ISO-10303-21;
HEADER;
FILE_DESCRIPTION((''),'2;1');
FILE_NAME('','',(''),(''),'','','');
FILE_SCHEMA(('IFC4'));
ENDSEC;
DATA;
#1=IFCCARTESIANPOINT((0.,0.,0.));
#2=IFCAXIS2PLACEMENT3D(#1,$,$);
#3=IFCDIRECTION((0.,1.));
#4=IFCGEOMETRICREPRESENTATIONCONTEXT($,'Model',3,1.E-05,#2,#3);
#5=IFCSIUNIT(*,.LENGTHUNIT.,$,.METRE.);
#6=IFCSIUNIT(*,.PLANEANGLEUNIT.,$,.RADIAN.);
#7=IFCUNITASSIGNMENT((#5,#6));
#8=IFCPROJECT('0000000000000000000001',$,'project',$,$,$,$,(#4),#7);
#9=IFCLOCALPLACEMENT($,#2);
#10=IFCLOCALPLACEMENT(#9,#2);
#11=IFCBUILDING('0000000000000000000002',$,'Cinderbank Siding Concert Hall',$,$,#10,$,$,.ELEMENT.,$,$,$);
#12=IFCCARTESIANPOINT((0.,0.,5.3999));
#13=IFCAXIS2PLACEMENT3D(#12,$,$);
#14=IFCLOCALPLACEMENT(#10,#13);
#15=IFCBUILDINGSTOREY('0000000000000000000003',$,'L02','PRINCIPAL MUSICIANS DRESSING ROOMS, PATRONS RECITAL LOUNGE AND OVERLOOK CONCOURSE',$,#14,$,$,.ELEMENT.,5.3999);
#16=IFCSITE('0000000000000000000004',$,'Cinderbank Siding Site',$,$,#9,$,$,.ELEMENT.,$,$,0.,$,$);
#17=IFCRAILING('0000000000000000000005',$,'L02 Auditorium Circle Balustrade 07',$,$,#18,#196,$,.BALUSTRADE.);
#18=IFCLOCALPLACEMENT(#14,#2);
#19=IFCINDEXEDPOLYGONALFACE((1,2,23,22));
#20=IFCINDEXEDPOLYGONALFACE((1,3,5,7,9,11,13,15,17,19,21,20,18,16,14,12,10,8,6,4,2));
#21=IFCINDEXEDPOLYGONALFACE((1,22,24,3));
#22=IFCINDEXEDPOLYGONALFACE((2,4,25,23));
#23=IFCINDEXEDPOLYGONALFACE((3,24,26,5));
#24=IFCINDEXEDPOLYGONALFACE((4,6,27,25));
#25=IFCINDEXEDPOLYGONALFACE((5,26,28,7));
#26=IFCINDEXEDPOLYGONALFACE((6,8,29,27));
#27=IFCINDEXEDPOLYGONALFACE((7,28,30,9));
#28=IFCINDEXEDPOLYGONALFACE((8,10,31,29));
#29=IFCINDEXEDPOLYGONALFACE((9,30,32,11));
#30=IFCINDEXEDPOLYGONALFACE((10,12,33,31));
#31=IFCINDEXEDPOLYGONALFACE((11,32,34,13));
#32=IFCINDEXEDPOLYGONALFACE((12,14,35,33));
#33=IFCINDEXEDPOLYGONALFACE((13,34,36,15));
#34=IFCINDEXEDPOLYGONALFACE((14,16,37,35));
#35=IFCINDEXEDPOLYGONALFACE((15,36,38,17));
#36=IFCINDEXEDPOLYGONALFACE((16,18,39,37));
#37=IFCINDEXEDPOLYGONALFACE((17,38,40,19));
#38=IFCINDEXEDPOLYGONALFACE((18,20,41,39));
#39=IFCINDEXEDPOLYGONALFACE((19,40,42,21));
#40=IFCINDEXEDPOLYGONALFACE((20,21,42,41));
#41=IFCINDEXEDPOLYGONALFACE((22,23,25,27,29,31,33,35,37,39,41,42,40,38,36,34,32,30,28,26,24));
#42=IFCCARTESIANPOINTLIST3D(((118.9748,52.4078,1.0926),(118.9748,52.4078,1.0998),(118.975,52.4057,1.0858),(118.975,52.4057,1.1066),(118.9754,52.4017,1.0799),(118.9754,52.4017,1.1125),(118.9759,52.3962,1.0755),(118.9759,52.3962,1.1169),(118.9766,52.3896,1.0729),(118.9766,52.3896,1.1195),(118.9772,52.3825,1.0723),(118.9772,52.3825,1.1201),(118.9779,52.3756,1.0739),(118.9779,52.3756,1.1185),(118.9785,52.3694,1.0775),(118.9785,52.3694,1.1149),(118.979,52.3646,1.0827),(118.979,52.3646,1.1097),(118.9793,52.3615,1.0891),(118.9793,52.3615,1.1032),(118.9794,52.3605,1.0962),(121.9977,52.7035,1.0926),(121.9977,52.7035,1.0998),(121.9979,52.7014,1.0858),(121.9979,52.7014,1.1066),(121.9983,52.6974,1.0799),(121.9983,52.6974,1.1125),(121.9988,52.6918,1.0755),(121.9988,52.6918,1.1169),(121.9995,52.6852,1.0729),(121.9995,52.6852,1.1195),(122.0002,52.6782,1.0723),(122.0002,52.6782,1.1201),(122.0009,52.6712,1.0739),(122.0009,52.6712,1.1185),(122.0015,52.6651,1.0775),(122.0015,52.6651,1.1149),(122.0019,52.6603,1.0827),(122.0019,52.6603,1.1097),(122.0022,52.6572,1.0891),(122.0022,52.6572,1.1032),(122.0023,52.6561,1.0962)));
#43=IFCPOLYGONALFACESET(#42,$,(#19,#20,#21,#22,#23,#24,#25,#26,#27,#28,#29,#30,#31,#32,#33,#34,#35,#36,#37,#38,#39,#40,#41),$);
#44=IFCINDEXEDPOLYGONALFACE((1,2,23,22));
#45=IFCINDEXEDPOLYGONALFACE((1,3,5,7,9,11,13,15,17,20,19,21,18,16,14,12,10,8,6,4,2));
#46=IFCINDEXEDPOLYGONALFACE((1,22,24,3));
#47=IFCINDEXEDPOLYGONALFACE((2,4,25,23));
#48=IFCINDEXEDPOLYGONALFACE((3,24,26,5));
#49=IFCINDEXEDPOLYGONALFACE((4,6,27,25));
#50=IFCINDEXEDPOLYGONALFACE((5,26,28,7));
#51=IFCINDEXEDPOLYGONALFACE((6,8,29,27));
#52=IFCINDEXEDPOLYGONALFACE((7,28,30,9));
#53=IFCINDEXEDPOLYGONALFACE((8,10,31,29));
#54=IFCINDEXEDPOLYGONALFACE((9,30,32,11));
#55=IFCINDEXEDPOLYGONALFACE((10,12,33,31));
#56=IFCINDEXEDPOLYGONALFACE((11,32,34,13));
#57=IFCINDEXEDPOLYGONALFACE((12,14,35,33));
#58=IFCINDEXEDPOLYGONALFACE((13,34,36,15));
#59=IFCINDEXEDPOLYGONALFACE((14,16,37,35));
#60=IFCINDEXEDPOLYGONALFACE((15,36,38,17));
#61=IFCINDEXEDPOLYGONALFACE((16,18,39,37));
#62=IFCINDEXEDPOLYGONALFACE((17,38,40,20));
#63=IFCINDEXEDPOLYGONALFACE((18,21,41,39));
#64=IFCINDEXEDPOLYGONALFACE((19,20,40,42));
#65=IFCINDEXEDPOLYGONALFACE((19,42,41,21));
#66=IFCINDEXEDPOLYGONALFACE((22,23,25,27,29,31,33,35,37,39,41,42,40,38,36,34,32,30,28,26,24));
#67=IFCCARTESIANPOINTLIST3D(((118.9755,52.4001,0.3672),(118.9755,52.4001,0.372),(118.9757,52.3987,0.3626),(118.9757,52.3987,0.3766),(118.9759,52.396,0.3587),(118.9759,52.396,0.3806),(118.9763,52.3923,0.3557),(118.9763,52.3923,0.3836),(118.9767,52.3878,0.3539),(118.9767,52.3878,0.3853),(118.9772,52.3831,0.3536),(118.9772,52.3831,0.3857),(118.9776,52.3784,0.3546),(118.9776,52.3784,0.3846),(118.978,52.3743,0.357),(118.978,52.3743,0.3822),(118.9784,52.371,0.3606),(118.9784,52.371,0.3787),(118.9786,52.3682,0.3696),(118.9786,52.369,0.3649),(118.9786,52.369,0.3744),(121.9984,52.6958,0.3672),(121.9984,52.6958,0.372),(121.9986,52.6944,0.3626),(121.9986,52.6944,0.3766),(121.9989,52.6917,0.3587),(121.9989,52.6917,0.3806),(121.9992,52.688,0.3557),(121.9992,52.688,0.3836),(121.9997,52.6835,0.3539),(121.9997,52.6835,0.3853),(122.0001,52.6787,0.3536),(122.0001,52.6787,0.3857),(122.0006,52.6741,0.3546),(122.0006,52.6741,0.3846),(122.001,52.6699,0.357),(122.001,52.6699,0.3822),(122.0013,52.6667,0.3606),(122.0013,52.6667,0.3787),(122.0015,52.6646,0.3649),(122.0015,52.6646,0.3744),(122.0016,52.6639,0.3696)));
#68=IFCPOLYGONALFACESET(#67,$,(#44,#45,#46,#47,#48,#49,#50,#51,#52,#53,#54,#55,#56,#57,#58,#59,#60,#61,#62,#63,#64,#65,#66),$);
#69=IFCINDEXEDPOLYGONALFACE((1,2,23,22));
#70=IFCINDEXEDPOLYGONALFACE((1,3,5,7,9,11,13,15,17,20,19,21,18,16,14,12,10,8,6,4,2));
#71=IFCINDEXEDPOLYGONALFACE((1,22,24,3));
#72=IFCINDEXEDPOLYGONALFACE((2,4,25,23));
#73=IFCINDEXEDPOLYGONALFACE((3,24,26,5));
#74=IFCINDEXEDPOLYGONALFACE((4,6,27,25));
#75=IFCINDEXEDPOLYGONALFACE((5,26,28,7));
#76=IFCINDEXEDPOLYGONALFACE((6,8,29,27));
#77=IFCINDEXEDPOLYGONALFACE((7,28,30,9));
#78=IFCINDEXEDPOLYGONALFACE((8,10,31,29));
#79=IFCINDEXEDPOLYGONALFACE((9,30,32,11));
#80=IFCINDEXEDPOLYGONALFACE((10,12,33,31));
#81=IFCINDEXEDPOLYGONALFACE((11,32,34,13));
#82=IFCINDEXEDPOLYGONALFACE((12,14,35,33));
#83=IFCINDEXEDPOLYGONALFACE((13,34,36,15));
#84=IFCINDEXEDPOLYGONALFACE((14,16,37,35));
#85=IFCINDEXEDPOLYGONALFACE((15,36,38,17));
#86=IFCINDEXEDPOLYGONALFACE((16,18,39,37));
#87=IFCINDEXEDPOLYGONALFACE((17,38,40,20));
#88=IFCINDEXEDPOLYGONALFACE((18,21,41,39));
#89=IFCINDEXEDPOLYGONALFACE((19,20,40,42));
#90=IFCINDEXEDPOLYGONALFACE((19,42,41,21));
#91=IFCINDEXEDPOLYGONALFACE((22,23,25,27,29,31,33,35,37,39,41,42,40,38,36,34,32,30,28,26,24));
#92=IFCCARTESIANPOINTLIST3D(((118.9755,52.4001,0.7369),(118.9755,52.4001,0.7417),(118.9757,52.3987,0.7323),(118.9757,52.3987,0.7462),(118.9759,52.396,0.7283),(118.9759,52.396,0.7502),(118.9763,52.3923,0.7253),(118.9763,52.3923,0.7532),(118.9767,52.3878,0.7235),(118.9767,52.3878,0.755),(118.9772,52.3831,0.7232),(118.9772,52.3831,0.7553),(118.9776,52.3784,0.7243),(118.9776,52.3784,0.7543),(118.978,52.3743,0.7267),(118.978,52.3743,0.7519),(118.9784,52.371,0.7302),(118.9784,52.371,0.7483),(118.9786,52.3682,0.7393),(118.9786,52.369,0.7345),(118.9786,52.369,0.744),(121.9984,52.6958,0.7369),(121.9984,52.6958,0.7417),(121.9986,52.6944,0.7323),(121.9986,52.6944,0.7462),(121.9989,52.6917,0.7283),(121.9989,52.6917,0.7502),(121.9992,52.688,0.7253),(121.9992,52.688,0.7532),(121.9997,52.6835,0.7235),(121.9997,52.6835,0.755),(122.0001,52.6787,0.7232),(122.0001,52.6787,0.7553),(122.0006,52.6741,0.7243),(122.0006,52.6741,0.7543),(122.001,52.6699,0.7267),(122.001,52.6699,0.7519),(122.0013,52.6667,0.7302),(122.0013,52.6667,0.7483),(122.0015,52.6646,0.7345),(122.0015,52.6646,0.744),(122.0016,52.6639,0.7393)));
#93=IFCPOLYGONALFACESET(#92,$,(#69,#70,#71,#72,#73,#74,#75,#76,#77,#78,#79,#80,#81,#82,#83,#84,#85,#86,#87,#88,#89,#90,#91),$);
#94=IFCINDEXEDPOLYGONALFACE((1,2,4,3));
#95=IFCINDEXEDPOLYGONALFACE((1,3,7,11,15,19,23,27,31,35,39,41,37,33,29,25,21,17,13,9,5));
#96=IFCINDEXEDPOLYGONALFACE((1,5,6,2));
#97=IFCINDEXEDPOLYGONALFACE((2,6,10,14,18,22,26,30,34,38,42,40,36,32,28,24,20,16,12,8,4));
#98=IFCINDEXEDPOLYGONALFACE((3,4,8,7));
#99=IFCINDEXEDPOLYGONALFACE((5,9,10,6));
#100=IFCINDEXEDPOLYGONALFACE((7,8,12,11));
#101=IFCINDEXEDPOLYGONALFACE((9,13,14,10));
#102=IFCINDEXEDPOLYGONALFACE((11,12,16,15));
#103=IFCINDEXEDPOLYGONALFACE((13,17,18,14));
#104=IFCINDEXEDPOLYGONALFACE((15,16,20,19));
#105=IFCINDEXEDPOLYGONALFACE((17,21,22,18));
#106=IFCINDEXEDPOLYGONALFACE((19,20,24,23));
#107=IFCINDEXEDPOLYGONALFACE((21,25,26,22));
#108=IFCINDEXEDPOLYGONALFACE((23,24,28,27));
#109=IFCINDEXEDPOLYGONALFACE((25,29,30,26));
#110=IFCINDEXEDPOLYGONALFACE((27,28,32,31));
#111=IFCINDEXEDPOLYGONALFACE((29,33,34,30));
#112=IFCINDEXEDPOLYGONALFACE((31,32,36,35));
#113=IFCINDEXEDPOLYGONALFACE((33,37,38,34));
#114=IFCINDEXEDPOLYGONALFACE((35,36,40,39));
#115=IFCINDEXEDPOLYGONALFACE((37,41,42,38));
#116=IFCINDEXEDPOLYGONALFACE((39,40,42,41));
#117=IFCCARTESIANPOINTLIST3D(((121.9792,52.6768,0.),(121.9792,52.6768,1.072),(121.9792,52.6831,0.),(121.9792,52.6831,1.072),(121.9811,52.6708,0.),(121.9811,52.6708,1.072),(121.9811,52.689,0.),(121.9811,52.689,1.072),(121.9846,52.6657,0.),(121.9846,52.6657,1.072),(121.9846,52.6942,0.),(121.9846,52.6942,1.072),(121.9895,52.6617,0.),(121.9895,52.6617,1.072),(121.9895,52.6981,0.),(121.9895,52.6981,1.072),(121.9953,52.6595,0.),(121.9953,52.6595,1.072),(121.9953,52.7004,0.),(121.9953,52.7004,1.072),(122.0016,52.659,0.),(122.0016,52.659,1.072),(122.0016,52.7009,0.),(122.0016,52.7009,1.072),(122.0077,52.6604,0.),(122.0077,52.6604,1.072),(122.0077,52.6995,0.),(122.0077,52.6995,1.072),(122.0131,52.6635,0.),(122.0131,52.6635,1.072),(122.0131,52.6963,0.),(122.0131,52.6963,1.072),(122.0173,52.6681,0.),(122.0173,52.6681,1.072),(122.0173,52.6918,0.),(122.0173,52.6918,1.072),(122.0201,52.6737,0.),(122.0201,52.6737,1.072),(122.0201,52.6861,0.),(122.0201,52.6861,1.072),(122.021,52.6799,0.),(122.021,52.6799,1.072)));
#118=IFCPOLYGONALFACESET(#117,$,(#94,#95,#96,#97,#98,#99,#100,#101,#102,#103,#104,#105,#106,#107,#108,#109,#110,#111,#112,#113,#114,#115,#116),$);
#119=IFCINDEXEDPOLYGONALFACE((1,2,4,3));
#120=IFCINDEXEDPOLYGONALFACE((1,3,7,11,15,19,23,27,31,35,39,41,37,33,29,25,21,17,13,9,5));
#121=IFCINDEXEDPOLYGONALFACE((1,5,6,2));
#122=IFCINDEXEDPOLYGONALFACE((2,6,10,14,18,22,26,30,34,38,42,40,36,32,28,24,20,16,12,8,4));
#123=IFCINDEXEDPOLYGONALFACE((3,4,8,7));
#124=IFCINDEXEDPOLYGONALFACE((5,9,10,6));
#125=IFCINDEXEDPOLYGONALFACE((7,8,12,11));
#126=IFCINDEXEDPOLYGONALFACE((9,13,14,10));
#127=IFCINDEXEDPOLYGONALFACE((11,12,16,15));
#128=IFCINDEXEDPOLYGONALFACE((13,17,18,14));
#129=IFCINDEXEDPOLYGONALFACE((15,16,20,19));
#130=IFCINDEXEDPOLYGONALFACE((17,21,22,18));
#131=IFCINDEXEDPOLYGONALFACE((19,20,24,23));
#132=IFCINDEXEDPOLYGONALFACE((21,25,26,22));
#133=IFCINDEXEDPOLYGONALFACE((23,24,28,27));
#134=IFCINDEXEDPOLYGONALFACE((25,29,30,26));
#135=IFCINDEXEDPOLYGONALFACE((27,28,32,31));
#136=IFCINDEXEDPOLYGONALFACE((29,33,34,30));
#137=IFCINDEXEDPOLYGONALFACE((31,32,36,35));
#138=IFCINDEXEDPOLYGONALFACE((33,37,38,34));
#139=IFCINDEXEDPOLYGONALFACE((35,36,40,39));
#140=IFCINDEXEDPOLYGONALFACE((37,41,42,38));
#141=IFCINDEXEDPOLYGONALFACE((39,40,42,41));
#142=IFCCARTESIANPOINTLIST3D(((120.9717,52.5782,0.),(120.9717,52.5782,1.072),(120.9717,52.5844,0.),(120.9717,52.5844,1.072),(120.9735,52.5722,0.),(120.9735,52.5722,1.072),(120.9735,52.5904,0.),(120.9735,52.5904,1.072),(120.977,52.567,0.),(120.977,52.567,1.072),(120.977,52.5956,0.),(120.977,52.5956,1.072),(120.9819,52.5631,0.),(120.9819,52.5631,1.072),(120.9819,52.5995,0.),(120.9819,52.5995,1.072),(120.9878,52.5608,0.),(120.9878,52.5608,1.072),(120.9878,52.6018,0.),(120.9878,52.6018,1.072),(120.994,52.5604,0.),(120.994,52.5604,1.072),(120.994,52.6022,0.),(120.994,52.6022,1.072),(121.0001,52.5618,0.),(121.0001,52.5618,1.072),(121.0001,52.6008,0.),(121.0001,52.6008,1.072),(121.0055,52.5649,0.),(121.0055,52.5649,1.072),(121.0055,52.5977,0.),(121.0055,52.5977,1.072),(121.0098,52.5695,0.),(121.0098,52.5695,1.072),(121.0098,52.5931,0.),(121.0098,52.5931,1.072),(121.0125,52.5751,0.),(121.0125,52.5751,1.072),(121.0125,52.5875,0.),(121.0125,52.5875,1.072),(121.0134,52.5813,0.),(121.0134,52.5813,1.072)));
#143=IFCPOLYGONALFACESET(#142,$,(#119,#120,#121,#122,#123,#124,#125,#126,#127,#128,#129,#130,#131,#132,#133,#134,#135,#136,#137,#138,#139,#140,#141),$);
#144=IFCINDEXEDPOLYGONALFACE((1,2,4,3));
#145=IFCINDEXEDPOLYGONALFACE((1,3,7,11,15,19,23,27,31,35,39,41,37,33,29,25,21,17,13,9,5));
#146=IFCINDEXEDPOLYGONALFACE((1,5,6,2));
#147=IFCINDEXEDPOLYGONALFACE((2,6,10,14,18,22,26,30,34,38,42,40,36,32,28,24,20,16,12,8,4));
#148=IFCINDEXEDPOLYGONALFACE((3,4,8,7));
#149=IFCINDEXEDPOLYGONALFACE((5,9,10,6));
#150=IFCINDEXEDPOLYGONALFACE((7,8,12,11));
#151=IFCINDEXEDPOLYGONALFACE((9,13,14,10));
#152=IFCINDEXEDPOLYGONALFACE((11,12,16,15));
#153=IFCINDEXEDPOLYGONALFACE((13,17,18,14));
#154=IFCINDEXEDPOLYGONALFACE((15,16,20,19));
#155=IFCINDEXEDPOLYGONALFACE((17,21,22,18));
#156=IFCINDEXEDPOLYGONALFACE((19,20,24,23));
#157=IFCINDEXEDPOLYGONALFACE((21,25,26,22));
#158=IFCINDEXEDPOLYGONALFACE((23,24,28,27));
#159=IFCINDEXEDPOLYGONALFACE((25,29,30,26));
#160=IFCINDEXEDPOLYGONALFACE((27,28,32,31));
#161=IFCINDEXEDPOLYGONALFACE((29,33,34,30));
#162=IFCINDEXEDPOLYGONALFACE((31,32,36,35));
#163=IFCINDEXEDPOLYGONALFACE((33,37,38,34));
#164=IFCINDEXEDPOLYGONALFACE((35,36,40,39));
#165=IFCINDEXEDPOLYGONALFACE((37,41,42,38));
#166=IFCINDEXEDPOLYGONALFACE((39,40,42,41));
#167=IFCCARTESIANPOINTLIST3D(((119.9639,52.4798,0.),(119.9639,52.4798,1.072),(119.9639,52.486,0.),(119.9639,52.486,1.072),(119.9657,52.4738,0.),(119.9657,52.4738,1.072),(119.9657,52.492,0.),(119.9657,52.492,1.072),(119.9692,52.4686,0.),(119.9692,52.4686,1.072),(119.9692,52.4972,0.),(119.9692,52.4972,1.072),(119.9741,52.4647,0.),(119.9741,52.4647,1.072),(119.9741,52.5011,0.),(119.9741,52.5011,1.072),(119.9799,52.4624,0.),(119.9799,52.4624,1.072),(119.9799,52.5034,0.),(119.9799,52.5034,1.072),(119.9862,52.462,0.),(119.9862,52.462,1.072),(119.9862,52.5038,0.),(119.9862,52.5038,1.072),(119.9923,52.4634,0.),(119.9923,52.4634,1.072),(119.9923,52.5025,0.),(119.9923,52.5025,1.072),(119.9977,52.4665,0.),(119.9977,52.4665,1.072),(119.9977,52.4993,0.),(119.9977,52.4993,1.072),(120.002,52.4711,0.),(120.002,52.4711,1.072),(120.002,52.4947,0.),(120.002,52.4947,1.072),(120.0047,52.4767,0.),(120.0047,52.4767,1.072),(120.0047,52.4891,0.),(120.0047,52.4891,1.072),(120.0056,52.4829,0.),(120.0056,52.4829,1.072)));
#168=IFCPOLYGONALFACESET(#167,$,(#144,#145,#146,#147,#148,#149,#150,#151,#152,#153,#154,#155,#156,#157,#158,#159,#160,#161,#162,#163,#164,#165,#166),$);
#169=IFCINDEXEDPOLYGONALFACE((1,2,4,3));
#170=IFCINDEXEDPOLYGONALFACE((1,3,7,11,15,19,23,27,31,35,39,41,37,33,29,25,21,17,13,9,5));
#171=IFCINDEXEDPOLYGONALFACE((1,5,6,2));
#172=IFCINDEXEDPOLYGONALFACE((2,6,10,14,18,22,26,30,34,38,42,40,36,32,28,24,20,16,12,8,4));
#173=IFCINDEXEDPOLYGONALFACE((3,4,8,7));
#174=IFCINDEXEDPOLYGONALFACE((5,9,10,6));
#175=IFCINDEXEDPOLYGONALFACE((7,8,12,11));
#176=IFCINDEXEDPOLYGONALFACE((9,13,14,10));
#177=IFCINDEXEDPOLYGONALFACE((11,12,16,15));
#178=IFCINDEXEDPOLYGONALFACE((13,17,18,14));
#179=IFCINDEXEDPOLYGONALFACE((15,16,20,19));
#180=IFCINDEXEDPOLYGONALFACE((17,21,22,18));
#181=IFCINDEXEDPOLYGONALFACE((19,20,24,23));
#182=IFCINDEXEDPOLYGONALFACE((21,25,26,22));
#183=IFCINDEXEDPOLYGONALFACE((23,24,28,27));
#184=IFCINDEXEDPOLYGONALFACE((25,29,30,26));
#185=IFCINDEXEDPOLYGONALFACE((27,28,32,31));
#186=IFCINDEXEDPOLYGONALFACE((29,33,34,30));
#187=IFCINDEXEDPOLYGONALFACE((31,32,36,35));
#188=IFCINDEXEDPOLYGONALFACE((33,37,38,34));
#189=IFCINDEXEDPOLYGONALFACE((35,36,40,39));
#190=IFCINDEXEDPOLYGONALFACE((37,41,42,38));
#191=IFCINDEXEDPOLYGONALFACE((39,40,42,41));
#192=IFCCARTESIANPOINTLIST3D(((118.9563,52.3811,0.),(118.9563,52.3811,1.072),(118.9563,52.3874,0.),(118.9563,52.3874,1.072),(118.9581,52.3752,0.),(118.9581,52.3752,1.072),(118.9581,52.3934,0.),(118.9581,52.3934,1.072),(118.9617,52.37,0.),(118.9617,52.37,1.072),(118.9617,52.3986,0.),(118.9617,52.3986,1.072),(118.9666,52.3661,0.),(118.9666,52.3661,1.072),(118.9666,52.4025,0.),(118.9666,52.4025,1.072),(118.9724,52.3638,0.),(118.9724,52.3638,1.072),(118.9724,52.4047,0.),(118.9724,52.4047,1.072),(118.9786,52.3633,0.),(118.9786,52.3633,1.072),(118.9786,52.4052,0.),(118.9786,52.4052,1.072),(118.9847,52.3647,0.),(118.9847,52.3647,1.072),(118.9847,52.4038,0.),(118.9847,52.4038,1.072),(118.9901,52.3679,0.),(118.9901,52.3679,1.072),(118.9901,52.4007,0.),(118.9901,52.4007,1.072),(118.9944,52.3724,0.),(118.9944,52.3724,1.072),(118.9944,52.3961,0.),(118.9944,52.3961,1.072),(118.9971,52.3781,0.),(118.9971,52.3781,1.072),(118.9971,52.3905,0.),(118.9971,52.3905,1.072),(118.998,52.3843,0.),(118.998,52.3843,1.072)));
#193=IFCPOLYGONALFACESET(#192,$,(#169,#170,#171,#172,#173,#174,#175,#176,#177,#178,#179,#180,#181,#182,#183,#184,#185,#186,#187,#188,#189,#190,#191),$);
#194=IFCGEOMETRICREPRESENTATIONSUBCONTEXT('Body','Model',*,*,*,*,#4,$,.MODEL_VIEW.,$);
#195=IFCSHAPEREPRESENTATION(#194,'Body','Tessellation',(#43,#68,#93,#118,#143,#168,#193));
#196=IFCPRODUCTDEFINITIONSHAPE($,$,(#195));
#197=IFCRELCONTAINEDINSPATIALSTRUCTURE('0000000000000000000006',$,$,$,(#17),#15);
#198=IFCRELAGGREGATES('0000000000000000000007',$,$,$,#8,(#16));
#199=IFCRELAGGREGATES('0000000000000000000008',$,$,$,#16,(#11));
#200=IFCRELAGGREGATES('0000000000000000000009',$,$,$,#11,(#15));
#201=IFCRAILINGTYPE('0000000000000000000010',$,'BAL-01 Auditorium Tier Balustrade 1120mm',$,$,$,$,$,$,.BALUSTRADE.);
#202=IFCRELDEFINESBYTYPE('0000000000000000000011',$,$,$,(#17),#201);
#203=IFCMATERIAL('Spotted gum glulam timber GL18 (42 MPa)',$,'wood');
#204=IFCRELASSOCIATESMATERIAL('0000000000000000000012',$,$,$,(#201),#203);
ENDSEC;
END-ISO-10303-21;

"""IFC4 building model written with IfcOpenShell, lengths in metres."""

from ifc_helpers import new_model, si_unit, direction, frame, origin, origin_2d, place, context, subcontext, project, spatial, circle, extrude, material, type_object, element, save


model = new_model("IFC4")

# Units and contexts
model_context = context("Model", 3, precision=1e-05, world=origin(), true_north=direction((0.0, 1.0)))
body_context = subcontext(model_context, "Body", "Model", "MODEL_VIEW")
ifc_project = project(units=[si_unit("LENGTHUNIT", "METRE"), si_unit("PLANEANGLEUNIT", "RADIAN")], contexts=[model_context])

# Site, building, storey
site_placement = place(None, origin())
site = spatial("IfcSite", under=ifc_project, at=site_placement, Name="Cinderbank Siding Site", CompositionType="ELEMENT", RefElevation=0.0)
building_placement = place(site_placement, origin())
building = spatial("IfcBuilding", under=site, at=building_placement, Name="Cinderbank Siding Concert Hall", CompositionType="ELEMENT")
storey_placement = place(building_placement, frame((0.0, 0.0, 5.3999)))
storey = spatial("IfcBuildingStorey", under=building, at=storey_placement, Name="L02", Description="PRINCIPAL MUSICIANS DRESSING ROOMS, PATRONS RECITAL LOUNGE AND OVERLOOK CONCOURSE", CompositionType="ELEMENT", Elevation=5.3999)

# Railing
ifc_material_1 = material(Name="Spotted gum glulam timber GL18 (42 MPa)", Category="wood")
railing_type = type_object("IfcRailingType", Name="BAL-01 Auditorium Tier Balustrade 1120mm", PredefinedType="BALUSTRADE", material=ifc_material_1)
railing_1_placement = place(storey_placement, frame((122.0, 52.6799, 0.0)))
element("IfcRailing", 1, at=railing_1_placement, inside=storey, type_object=railing_type, Name="L02 Auditorium Circle Balustrade 07", PredefinedType="BALUSTRADE", context=body_context, shape_type="SweptSolid", body=[
    extrude(circle(Radius=0.0239, at=origin_2d()), frame((0.0, 0.0, 1.0962), z_axis=(-0.995251, -0.097339, 0.0), x_axis=(0.097339, -0.995251, 0.0)), (0.0, 0.0, 1.0), 3.0374),
    extrude(circle(Radius=0.0161, at=origin_2d()), frame((0.0, 0.0, 0.3696), z_axis=(-0.995251, -0.097339, 0.0), x_axis=(0.097339, -0.995251, 0.0)), (0.0, 0.0, 1.0), 3.0374),
    extrude(circle(Radius=0.0161, at=origin_2d()), frame((0.0, 0.0, 0.7393), z_axis=(-0.995251, -0.097339, 0.0), x_axis=(0.097339, -0.995251, 0.0)), (0.0, 0.0, 1.0), 3.0374),
    extrude(circle(Radius=0.021, at=origin_2d()), origin(), (0.0, 0.0, 1.0), 1.072),
    extrude(circle(Radius=0.021, at=origin_2d()), frame((-1.0076, -0.0986, 0.0)), (0.0, 0.0, 1.0), 1.072),
    extrude(circle(Radius=0.021, at=origin_2d()), frame((-2.0154, -0.197, 0.0)), (0.0, 0.0, 1.0), 1.072),
    extrude(circle(Radius=0.021, at=origin_2d()), frame((-3.0229, -0.2957, 0.0)), (0.0, 0.0, 1.0), 1.072),
])

save(model, "model.ifc")
